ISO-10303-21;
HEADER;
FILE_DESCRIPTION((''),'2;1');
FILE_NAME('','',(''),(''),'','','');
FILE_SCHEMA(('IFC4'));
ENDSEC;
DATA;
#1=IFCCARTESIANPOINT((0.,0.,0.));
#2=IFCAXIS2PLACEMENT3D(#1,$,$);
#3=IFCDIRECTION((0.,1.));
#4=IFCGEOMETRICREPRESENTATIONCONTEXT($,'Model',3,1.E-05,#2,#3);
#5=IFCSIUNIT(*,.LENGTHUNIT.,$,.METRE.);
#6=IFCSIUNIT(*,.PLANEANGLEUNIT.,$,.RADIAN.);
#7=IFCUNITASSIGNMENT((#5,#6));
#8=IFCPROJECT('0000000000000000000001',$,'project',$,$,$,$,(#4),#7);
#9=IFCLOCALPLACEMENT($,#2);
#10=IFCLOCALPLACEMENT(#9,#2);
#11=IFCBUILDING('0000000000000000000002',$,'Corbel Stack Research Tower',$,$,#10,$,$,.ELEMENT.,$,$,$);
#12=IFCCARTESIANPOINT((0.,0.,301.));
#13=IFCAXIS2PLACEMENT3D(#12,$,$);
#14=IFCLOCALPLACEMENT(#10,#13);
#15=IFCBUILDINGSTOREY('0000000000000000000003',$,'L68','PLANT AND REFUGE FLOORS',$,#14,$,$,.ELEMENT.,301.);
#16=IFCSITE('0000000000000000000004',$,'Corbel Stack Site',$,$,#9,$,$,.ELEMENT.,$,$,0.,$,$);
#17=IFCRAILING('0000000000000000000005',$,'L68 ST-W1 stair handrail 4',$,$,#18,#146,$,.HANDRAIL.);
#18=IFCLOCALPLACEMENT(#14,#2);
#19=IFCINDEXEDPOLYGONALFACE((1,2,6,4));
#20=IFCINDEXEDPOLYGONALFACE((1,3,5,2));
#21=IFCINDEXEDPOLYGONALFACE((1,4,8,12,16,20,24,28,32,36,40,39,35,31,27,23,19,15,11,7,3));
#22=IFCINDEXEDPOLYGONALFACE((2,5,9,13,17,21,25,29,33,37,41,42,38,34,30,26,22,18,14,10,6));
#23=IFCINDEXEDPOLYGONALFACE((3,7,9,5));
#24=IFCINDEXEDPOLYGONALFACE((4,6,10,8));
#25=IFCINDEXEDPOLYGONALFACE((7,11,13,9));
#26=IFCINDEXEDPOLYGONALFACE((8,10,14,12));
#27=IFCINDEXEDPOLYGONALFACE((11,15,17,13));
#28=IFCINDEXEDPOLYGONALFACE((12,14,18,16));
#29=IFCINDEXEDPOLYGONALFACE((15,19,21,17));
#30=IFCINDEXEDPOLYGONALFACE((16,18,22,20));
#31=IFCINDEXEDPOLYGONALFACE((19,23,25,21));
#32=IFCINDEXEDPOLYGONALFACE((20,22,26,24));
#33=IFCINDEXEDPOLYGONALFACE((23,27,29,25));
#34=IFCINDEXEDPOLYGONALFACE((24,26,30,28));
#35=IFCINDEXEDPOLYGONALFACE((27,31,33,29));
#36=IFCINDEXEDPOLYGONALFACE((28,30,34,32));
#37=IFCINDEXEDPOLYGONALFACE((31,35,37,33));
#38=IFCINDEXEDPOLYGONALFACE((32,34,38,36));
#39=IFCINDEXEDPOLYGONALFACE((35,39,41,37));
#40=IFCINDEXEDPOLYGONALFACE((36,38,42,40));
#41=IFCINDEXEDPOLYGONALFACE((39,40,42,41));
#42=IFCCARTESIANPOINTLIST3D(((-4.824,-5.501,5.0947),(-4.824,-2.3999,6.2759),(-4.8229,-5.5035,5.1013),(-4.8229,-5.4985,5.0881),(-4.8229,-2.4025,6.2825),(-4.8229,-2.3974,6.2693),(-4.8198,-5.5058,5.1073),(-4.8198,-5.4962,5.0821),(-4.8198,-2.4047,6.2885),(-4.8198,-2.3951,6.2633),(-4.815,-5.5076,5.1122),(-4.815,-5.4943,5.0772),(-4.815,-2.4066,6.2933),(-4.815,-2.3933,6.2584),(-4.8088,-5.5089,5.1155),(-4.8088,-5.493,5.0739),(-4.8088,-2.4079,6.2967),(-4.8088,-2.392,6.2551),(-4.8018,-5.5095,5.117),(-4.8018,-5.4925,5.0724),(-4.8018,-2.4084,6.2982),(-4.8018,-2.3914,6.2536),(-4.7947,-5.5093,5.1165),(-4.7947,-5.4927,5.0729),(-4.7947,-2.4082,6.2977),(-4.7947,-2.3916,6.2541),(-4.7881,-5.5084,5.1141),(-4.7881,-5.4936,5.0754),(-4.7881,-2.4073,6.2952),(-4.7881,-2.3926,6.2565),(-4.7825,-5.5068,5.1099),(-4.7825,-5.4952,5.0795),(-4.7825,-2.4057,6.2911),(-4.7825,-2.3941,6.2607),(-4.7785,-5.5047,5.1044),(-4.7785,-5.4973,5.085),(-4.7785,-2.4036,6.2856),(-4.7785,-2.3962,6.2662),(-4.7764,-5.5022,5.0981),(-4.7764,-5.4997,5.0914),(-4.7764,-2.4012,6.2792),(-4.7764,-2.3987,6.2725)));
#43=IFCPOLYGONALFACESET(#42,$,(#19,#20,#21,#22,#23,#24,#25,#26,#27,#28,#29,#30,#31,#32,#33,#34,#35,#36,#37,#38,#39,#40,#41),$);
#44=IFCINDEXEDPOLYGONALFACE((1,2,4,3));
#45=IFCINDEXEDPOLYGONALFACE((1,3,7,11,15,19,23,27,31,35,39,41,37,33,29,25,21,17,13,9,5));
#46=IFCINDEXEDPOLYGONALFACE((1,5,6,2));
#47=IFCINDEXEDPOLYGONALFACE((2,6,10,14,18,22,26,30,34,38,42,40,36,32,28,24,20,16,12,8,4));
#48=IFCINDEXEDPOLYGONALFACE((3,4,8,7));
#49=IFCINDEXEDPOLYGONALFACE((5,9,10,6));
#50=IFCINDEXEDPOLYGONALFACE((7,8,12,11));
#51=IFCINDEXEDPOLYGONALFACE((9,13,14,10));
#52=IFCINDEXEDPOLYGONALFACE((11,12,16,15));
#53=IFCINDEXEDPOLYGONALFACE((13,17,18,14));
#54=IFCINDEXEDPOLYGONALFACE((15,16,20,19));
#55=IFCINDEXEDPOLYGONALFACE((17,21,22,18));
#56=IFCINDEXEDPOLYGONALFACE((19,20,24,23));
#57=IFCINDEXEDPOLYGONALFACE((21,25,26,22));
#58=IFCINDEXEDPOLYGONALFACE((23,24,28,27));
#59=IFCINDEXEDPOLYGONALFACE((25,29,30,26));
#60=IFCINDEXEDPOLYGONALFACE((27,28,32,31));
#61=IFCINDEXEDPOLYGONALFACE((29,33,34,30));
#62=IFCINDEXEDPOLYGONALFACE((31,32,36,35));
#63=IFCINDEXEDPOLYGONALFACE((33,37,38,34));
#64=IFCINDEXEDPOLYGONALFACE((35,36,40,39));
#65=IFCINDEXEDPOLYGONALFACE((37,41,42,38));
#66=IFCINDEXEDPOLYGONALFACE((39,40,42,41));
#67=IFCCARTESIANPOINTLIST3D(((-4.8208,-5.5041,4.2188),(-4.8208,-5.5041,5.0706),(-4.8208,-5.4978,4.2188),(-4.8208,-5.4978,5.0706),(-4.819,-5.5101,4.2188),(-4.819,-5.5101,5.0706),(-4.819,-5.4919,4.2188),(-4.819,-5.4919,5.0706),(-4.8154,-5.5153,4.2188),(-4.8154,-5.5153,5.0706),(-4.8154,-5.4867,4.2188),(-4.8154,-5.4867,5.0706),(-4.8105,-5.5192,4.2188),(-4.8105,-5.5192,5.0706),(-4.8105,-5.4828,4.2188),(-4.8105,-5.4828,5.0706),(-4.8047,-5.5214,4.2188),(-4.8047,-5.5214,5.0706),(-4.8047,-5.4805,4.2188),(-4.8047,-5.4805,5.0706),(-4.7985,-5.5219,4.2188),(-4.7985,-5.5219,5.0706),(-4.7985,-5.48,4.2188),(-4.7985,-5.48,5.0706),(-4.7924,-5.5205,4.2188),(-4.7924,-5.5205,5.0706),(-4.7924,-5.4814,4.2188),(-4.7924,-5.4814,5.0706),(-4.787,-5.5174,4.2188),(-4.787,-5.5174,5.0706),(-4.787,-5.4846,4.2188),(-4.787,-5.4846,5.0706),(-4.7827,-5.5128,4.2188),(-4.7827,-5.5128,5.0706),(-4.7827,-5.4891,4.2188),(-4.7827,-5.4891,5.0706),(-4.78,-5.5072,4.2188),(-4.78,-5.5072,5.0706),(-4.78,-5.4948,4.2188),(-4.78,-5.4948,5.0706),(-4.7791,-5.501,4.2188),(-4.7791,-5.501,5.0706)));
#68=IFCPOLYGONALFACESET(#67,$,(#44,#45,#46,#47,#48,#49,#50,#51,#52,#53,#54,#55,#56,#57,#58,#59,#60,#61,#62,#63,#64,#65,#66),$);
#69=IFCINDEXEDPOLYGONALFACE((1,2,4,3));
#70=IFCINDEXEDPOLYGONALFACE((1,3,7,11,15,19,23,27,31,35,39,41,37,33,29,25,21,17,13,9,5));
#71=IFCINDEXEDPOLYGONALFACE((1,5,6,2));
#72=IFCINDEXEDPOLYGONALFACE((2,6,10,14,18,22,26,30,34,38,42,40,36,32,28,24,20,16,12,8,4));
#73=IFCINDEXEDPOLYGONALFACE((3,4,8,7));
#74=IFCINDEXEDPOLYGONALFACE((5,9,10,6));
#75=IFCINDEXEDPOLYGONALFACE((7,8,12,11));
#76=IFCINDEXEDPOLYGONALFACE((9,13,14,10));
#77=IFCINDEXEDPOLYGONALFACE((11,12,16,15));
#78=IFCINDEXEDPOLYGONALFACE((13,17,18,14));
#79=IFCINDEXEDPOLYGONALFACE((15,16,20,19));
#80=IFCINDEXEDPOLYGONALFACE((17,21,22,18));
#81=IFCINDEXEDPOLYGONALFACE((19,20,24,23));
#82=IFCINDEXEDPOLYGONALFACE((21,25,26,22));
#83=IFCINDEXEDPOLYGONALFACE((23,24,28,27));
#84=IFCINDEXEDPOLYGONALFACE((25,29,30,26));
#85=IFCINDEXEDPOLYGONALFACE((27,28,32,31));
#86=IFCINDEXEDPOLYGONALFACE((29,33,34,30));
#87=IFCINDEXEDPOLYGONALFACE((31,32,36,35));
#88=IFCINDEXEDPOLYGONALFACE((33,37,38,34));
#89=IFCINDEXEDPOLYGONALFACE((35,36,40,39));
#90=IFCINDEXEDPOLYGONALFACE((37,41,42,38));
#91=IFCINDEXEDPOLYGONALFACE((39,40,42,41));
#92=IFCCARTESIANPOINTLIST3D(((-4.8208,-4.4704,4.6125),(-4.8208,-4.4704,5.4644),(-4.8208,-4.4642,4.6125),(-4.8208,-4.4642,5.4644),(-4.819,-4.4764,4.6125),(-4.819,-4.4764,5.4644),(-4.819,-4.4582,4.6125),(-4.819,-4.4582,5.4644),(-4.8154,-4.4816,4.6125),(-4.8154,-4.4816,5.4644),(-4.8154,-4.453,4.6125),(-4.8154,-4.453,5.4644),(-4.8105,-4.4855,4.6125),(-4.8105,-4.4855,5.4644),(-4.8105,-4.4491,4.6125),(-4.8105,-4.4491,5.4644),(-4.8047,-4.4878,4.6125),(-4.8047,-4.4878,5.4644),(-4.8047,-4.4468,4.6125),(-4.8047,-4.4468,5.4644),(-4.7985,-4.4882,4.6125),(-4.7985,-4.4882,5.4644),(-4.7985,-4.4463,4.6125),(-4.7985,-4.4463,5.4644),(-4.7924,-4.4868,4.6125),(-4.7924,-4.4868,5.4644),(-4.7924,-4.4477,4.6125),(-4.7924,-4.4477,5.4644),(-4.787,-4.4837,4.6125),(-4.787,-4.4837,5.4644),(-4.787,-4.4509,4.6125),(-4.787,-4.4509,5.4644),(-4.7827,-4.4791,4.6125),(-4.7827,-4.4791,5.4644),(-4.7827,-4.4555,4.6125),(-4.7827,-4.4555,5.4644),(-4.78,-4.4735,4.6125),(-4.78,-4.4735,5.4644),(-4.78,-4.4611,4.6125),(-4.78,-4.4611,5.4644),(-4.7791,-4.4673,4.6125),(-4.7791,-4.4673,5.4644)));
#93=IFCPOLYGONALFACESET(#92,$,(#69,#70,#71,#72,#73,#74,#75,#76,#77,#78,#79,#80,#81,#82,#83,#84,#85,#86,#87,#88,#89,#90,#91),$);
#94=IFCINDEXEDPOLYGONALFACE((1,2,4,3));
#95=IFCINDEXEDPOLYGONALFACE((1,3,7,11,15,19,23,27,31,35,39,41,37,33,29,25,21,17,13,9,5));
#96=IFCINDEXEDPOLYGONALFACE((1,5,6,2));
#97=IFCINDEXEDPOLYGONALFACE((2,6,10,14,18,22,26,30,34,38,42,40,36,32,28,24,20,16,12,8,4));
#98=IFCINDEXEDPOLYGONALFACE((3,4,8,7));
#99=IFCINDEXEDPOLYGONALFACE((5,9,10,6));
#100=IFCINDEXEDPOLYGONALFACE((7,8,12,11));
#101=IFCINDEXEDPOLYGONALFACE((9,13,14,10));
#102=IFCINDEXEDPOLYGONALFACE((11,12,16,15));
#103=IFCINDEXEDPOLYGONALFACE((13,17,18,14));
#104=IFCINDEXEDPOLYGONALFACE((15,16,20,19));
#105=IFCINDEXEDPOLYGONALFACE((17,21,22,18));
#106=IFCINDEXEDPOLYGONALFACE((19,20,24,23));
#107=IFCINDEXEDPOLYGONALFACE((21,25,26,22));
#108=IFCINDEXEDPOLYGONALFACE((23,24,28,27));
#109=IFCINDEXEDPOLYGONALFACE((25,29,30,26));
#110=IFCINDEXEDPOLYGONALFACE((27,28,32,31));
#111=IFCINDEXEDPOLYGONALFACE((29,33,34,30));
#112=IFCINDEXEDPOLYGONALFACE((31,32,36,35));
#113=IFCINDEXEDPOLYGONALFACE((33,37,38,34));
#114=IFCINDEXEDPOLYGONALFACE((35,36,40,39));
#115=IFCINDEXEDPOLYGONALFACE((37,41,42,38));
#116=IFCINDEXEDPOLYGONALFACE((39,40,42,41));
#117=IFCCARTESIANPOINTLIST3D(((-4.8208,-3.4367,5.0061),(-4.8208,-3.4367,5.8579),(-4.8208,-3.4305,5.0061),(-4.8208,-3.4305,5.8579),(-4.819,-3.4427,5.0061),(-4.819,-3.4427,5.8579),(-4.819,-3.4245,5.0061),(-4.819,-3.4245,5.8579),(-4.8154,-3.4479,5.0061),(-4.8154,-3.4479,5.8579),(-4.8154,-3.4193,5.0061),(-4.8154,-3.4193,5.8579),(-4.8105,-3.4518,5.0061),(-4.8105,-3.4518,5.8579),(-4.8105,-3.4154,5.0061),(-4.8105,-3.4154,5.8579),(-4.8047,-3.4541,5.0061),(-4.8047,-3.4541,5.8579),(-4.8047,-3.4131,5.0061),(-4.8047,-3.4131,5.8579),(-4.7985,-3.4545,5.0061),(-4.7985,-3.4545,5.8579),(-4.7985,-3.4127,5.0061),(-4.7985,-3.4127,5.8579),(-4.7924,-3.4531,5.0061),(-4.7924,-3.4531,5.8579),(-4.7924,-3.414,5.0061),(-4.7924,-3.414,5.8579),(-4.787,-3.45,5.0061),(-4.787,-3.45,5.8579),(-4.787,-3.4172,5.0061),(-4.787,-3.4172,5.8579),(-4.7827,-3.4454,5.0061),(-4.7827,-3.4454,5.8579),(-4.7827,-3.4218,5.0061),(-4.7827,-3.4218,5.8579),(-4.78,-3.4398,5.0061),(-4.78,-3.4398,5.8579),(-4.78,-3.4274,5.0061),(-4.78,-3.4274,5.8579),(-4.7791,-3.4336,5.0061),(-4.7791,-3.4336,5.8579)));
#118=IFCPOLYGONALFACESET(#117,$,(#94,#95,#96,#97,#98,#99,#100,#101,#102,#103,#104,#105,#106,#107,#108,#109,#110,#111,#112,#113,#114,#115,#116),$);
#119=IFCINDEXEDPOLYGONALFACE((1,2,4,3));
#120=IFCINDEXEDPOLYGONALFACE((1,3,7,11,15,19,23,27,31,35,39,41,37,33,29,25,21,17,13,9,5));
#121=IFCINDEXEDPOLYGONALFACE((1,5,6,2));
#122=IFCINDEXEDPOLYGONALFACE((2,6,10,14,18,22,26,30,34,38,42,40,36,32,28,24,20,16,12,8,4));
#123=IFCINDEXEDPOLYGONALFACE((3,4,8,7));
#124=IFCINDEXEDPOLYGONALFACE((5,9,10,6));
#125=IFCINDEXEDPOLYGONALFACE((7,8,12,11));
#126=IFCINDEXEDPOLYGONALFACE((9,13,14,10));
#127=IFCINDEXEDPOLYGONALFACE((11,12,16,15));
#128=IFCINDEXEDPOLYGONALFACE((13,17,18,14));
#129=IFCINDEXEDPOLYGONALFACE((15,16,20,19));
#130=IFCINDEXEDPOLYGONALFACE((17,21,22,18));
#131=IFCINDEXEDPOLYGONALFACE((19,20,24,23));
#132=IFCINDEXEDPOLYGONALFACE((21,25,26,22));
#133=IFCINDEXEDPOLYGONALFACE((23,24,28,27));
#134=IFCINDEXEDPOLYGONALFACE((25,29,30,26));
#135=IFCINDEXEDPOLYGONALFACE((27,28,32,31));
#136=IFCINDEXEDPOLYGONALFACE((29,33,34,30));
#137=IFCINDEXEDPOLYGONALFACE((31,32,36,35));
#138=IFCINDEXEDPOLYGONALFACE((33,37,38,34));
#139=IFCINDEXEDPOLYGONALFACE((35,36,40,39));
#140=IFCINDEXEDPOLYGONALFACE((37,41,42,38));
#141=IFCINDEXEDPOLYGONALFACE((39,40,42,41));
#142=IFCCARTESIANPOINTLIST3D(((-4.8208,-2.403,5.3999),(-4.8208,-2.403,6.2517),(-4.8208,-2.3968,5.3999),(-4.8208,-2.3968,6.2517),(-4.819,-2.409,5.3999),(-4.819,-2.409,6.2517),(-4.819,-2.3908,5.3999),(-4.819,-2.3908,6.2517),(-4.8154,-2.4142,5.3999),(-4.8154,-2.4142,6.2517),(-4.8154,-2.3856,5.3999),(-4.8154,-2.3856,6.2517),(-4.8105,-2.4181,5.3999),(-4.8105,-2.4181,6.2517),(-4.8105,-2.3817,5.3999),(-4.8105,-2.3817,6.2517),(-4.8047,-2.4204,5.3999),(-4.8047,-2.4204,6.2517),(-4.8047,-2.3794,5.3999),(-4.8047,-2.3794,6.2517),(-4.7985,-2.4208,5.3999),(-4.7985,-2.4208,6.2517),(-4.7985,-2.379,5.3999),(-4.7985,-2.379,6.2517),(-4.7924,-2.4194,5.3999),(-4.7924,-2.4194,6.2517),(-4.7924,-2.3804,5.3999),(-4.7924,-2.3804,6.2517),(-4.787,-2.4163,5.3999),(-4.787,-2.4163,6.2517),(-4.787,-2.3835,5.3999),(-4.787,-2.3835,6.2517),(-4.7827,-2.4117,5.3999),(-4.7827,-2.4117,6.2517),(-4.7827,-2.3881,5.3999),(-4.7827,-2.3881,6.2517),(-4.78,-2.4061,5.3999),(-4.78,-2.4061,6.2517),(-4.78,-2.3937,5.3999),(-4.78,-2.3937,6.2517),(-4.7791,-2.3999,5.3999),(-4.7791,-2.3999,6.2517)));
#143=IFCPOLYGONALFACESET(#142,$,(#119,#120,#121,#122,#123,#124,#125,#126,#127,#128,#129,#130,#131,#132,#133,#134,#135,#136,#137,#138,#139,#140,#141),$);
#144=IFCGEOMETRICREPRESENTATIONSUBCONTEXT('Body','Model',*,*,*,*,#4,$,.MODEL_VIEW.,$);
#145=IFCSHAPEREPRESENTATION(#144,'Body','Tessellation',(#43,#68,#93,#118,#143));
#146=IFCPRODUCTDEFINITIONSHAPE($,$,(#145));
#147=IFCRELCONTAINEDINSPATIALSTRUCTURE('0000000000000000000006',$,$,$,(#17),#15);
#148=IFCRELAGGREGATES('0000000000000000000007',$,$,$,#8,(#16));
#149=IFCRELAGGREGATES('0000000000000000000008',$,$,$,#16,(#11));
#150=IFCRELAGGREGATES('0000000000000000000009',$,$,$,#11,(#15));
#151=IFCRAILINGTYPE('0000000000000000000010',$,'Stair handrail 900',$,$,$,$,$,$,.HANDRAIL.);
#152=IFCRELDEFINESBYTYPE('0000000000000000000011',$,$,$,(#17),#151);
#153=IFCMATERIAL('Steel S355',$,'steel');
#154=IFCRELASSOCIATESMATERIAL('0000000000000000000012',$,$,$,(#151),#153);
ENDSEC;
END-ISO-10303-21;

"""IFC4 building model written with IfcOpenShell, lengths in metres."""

from ifc_helpers import new_model, si_unit, direction, frame, origin, origin_2d, place, context, subcontext, project, spatial, circle, extrude, material, type_object, element, save


model = new_model("IFC4")

# Units and contexts
model_context = context("Model", 3, precision=1e-05, world=origin(), true_north=direction((0.0, 1.0)))
body_context = subcontext(model_context, "Body", "Model", "MODEL_VIEW")
ifc_project = project(units=[si_unit("LENGTHUNIT", "METRE"), si_unit("PLANEANGLEUNIT", "RADIAN")], contexts=[model_context])

# Site, building, storey
site_placement = place(None, origin())
site = spatial("IfcSite", under=ifc_project, at=site_placement, Name="Corbel Stack Site", CompositionType="ELEMENT", RefElevation=0.0)
building_placement = place(site_placement, origin())
building = spatial("IfcBuilding", under=site, at=building_placement, Name="Corbel Stack Research Tower", CompositionType="ELEMENT")
storey_placement = place(building_placement, frame((0.0, 0.0, 301.0)))
storey = spatial("IfcBuildingStorey", under=building, at=storey_placement, Name="L68", Description="PLANT AND REFUGE FLOORS", CompositionType="ELEMENT", Elevation=301.0)

# Railing
ifc_material_1 = material(Name="Steel S355", Category="steel")
railing_type_1 = type_object("IfcRailingType", Name="Stair handrail 900", PredefinedType="HANDRAIL", material=ifc_material_1)
railing_1_placement = place(storey_placement, frame((-4.8, -5.501, 4.2188)))
element("IfcRailing", 1, at=railing_1_placement, inside=storey, type_object=railing_type_1, Name="L68 ST-W1 stair handrail 4", PredefinedType="HANDRAIL", context=body_context, shape_type="SweptSolid", body=[
    extrude(circle(Radius=0.0239, at=origin_2d()), frame((0.0, 0.0, 0.876), z_axis=(0.0, 0.934509, 0.35594), x_axis=(-1.0, 0.0, 0.0)), (0.0, 0.0, 1.0), 3.3184),
    extrude(circle(Radius=0.021, at=origin_2d()), origin(), (0.0, 0.0, 1.0), 0.8518),
    extrude(circle(Radius=0.021, at=origin_2d()), frame((0.0, 1.0337, 0.3938)), (0.0, 0.0, 1.0), 0.8518),
    extrude(circle(Radius=0.021, at=origin_2d()), frame((0.0, 2.0674, 0.7874)), (0.0, 0.0, 1.0), 0.8518),
    extrude(circle(Radius=0.021, at=origin_2d()), frame((0.0, 3.1011, 1.1812)), (0.0, 0.0, 1.0), 0.8518),
])

save(model, "model.ifc")
